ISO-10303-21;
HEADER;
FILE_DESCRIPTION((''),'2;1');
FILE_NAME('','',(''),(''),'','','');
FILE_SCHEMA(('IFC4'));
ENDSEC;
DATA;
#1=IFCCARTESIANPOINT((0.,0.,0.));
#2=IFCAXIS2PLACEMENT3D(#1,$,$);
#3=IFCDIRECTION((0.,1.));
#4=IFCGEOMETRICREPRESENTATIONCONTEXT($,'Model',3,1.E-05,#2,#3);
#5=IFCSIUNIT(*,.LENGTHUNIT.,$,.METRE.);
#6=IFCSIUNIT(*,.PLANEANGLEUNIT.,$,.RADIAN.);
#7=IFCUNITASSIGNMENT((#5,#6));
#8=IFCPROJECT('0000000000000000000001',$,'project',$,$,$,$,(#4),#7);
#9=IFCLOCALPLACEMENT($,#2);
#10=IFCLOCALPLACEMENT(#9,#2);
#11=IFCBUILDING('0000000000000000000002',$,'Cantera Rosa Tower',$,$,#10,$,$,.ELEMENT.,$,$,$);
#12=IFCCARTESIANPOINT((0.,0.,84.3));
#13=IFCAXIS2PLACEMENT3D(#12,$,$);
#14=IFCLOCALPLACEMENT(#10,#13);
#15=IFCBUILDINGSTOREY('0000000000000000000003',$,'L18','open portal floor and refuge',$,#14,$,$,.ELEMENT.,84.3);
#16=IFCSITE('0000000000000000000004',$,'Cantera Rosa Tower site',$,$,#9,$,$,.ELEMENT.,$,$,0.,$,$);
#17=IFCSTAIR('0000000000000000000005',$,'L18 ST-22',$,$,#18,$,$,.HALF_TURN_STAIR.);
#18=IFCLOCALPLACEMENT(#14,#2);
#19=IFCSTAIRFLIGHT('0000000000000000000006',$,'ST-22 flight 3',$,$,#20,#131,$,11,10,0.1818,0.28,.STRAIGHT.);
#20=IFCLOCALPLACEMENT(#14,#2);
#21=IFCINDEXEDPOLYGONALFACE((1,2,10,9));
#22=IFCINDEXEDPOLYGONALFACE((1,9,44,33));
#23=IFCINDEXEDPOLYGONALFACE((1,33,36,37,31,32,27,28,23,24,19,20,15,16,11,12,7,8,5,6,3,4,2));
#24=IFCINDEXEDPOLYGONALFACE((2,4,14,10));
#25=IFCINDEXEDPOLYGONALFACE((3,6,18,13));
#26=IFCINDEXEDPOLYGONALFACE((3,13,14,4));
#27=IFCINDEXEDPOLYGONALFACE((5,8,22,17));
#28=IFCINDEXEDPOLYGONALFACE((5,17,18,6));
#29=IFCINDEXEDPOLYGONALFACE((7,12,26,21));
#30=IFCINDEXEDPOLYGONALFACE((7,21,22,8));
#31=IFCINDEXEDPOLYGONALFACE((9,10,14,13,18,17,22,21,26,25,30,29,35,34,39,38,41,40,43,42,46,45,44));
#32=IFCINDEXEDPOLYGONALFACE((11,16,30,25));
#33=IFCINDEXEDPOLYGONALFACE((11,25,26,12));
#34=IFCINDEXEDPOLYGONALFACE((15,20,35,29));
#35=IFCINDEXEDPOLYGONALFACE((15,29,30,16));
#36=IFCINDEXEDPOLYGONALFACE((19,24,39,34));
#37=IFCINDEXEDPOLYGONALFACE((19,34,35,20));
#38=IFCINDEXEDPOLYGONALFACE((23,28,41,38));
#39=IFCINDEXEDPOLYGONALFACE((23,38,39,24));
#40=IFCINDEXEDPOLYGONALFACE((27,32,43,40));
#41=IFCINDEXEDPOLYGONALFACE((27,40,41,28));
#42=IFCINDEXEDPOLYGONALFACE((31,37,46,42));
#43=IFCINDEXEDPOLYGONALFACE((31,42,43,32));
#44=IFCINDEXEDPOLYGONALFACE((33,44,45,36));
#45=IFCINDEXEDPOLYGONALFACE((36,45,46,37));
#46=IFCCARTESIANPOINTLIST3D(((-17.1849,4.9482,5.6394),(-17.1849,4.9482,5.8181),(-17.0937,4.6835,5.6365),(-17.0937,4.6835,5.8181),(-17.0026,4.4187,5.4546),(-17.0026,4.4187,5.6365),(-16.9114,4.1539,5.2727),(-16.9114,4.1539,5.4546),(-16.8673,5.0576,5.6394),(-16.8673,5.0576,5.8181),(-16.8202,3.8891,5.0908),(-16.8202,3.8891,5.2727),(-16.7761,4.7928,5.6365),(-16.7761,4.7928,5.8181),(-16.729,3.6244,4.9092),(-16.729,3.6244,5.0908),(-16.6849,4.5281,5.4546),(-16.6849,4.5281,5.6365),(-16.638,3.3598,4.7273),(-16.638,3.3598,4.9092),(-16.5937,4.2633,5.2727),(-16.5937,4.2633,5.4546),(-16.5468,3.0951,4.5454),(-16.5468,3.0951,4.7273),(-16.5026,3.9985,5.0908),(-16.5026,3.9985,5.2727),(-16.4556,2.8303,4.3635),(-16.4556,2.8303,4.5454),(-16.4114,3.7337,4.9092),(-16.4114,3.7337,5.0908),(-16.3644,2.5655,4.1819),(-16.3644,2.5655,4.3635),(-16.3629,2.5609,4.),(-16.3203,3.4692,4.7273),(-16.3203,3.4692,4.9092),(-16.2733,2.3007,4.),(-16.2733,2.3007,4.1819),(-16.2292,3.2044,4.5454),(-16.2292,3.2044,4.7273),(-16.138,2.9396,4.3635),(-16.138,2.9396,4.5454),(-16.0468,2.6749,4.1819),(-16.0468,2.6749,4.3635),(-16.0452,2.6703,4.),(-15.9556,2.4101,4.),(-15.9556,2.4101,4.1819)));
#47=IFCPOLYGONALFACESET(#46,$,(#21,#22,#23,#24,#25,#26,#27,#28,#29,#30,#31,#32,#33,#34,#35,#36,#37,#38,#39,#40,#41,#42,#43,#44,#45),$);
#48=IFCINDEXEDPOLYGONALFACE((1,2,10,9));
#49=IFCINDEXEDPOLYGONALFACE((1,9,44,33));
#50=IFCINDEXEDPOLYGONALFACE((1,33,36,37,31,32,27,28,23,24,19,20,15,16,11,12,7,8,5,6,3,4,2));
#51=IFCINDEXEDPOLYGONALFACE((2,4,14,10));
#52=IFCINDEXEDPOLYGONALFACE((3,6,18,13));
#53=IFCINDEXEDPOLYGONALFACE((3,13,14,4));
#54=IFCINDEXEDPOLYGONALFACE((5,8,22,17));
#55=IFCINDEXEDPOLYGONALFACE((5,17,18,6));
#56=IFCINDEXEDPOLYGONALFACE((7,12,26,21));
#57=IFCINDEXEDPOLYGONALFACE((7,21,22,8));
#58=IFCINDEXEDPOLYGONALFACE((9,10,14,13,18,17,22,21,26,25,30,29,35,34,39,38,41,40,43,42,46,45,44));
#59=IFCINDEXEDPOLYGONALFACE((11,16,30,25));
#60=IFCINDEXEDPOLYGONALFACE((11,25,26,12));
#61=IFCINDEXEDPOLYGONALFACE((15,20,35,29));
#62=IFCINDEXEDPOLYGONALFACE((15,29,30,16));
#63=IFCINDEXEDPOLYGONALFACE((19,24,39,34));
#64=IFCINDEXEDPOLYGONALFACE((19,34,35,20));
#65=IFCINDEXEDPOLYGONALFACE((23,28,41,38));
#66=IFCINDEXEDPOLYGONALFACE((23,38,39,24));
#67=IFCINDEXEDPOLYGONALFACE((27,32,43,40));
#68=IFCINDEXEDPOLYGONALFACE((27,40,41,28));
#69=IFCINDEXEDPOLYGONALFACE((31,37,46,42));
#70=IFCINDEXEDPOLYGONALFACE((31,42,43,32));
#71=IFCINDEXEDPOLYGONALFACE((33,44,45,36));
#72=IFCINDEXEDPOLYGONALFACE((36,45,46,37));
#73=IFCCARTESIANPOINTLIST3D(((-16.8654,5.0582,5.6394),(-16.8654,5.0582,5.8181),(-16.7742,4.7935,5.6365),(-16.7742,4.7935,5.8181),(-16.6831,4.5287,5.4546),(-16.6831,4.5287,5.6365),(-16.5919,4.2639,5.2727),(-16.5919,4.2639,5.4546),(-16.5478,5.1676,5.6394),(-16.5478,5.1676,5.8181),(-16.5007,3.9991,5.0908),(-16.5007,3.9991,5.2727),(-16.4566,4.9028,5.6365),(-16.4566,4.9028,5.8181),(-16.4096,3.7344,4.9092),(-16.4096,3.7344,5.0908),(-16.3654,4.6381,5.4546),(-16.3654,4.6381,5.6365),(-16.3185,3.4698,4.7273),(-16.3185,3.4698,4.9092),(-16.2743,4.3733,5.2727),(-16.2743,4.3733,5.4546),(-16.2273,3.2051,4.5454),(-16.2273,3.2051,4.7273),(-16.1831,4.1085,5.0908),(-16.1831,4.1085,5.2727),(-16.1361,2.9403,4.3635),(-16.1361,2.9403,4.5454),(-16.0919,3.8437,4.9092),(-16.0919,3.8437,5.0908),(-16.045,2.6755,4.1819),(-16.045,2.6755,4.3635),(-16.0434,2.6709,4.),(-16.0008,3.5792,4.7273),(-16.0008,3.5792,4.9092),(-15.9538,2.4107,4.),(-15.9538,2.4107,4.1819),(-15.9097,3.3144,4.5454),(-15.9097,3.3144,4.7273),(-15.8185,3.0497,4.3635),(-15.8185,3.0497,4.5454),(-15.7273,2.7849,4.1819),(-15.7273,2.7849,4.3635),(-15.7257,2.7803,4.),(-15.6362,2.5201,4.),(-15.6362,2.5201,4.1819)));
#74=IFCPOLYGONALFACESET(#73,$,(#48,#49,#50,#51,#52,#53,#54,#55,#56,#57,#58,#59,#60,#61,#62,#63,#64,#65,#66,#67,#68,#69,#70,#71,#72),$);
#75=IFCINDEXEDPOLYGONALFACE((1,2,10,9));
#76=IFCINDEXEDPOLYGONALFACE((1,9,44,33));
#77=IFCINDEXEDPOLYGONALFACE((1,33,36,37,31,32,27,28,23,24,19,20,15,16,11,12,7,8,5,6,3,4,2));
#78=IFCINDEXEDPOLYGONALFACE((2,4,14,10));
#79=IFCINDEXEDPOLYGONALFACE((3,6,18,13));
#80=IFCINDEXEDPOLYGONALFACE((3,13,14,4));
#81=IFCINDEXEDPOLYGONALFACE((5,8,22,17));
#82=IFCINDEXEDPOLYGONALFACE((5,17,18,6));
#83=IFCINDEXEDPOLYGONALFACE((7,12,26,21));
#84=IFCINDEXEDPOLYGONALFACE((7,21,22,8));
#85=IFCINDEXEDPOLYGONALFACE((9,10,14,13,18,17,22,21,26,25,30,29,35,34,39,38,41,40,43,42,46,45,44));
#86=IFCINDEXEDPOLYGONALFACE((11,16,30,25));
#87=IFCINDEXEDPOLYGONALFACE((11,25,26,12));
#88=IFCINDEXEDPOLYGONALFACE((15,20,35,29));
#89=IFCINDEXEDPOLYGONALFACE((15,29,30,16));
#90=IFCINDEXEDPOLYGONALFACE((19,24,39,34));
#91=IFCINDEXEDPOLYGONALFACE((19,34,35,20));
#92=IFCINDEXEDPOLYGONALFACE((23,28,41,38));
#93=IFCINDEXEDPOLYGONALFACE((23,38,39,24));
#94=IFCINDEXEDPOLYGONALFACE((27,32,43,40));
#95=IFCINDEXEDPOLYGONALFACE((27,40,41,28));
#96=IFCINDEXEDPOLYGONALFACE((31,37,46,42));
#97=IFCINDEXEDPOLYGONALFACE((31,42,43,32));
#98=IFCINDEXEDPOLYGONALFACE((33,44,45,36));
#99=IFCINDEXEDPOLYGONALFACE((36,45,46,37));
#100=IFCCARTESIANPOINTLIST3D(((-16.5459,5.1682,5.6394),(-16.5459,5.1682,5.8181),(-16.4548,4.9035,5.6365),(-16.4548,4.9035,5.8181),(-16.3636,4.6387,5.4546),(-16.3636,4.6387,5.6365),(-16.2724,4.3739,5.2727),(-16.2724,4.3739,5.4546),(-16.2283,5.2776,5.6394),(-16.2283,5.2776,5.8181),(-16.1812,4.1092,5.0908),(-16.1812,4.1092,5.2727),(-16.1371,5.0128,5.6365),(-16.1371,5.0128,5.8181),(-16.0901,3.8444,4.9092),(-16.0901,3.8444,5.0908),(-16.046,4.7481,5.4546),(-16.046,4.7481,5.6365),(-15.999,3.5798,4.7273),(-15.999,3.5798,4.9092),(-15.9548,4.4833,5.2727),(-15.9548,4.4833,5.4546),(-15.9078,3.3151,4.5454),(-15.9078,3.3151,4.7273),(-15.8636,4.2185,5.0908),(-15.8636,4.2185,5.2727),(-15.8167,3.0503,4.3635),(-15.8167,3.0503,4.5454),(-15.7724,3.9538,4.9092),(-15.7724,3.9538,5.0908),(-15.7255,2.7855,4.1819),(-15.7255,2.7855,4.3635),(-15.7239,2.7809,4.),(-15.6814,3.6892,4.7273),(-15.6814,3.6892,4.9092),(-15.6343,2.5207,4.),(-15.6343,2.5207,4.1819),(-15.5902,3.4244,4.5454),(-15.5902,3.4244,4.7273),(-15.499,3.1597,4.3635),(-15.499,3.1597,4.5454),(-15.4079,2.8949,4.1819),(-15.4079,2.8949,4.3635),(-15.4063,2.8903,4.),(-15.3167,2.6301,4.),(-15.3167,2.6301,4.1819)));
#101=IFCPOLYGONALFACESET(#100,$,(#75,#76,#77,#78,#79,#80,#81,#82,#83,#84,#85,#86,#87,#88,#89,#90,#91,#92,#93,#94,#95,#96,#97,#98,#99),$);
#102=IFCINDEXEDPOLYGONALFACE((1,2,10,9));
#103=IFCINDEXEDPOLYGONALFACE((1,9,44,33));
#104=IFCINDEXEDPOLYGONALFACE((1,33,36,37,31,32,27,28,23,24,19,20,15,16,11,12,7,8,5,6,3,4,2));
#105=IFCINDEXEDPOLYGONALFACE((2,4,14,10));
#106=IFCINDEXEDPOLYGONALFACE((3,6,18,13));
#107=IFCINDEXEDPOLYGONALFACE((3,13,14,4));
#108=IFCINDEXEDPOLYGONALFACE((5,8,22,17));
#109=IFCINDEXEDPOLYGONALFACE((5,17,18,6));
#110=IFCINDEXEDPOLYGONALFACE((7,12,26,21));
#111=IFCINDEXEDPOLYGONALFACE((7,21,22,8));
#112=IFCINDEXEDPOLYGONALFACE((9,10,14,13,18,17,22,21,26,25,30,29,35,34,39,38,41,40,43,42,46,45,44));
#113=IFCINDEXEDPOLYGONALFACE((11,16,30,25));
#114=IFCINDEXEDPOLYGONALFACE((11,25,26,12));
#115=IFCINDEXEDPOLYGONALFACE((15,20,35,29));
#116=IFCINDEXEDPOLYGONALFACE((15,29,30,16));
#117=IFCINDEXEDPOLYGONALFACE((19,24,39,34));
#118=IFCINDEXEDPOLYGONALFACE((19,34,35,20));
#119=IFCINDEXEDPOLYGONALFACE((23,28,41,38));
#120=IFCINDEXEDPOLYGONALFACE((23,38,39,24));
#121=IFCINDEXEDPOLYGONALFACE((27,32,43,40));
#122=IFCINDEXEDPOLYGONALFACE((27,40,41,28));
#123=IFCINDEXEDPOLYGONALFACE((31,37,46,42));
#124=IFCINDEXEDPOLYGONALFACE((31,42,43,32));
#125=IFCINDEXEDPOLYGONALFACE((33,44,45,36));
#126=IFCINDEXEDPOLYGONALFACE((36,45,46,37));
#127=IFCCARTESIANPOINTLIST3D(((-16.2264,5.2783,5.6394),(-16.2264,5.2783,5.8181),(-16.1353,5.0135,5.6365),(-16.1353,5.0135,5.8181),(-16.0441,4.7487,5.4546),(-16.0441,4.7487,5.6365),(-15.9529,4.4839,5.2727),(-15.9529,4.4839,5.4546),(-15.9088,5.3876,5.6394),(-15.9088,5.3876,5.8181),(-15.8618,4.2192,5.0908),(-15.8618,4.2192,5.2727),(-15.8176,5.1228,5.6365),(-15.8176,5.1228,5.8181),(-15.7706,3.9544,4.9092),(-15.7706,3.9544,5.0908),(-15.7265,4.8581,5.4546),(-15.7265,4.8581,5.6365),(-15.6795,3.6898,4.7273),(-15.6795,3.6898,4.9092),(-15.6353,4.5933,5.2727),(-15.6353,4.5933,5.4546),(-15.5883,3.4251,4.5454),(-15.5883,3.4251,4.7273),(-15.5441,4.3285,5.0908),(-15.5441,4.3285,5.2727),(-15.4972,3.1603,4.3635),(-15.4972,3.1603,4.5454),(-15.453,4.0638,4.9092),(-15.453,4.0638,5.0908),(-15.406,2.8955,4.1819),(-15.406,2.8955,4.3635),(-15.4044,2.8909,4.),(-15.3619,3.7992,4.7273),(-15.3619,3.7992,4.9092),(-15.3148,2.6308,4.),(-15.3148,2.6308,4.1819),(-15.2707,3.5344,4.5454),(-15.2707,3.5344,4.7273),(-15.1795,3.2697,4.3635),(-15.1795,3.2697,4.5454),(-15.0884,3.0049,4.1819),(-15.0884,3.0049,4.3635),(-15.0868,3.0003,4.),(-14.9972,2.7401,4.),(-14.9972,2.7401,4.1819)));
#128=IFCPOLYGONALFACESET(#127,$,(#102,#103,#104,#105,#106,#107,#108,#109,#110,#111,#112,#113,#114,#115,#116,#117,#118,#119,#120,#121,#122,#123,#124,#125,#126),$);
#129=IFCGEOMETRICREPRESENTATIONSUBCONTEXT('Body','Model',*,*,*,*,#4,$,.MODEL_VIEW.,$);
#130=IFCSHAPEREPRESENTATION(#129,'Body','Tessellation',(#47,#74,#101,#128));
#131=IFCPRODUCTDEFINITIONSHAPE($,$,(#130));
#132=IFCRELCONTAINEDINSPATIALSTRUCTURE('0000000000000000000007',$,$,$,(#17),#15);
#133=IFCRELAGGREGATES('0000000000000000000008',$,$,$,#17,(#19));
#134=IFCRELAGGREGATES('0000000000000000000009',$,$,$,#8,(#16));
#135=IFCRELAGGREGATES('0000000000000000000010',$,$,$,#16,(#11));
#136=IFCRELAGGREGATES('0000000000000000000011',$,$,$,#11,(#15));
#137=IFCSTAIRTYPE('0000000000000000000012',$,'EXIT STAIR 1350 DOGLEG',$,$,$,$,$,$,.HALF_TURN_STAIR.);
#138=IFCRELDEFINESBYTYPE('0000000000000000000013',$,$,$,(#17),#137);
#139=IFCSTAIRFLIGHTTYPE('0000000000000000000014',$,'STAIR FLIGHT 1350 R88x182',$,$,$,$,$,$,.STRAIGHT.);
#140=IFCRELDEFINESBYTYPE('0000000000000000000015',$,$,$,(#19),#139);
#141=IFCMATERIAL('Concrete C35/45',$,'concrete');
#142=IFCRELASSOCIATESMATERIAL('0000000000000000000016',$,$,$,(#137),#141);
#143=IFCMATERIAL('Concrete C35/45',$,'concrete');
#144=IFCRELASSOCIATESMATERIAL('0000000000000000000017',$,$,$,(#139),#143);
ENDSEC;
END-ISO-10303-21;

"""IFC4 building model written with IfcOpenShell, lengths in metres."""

from ifc_helpers import new_model, si_unit, direction, frame, origin, place, context, subcontext, project, spatial, polyline, outline, extrude, material, type_object, element, aggregate, save


model = new_model("IFC4")

# Units and contexts
model_context = context("Model", 3, precision=1e-05, world=origin(), true_north=direction((0.0, 1.0)))
body_context = subcontext(model_context, "Body", "Model", "MODEL_VIEW")
ifc_project = project(units=[si_unit("LENGTHUNIT", "METRE"), si_unit("PLANEANGLEUNIT", "RADIAN")], contexts=[model_context])

# Site, building, storey
site_placement = place(None, origin())
site = spatial("IfcSite", under=ifc_project, at=site_placement, Name="Cantera Rosa Tower site", CompositionType="ELEMENT", RefElevation=0.0)
building_placement = place(site_placement, origin())
building = spatial("IfcBuilding", under=site, at=building_placement, Name="Cantera Rosa Tower", CompositionType="ELEMENT")
storey_placement = place(building_placement, frame((0.0, 0.0, 84.3)))
storey = spatial("IfcBuildingStorey", under=building, at=storey_placement, Name="L18", Description="open portal floor and refuge", CompositionType="ELEMENT", Elevation=84.3)

# Stair
ifc_material_1 = material(Name="Concrete C35/45", Category="concrete")
stair_type = type_object("IfcStairType", Name="EXIT STAIR 1350 DOGLEG", PredefinedType="HALF_TURN_STAIR", material=ifc_material_1)
stair_placement = place(storey_placement, origin())
stair = element("IfcStair", 1, at=stair_placement, inside=storey, type_object=stair_type, Name="L18 ST-22", PredefinedType="HALF_TURN_STAIR")

# Stair flight
ifc_material_2 = material(Name="Concrete C35/45", Category="concrete")
stair_flight_type = type_object("IfcStairFlightType", Name="STAIR FLIGHT 1350 R88x182", PredefinedType="STRAIGHT", material=ifc_material_2)
stair_flight_1_placement = place(storey_placement, frame((-15.635, 2.5205, 4.0), z_axis=(0.0, 0.0, 1.0), x_axis=(-0.325568, 0.945519, 0.0)))
stair_flight_1 = element("IfcStairFlight", 2, at=stair_flight_1_placement, type_object=stair_flight_type, Name="ST-22 flight 3", NumberOfRisers=11, NumberOfTreads=10, PredefinedType="STRAIGHT", RiserHeight=0.1818, TreadLength=0.28, context=body_context, shape_type="SweptSolid", body=[
    extrude(outline(polyline([(0.0, 0.0), (0.0, 0.1819), (0.28, 0.1819), (0.28, 0.3635), (0.5601, 0.3635), (0.5601, 0.5454), (0.8401, 0.5454), (0.8401, 0.7273), (1.1201, 0.7273), (1.1201, 0.9092), (1.3999, 0.9092), (1.3999, 1.0908), (1.6799, 1.0908), (1.6799, 1.2727), (1.96, 1.2727), (1.96, 1.4546), (2.24, 1.4546), (2.24, 1.6365), (2.52, 1.6365), (2.52, 1.8181), (2.8, 1.8181), (2.8, 2.0), (2.8, 1.6394), (0.2751, 0.0), (0.0, 0.0)])), frame((0.0, 0.675, 0.0), z_axis=(0.0, -1.0, 0.0), x_axis=(1.0, 0.0, 0.0)), (0.0, 0.0, 1.0), 0.3359),
    extrude(outline(polyline([(0.0, 0.0), (0.0, 0.1819), (0.28, 0.1819), (0.28, 0.3635), (0.5601, 0.3635), (0.5601, 0.5454), (0.8401, 0.5454), (0.8401, 0.7273), (1.1201, 0.7273), (1.1201, 0.9092), (1.3999, 0.9092), (1.3999, 1.0908), (1.6799, 1.0908), (1.6799, 1.2727), (1.96, 1.2727), (1.96, 1.4546), (2.24, 1.4546), (2.24, 1.6365), (2.52, 1.6365), (2.52, 1.8181), (2.8, 1.8181), (2.8, 2.0), (2.8, 1.6394), (0.2751, 0.0), (0.0, 0.0)])), frame((0.0, 0.3372, 0.0), z_axis=(0.0, -1.0, 0.0), x_axis=(1.0, 0.0, 0.0)), (0.0, 0.0, 1.0), 0.3359),
    extrude(outline(polyline([(0.0, 0.0), (0.0, 0.1819), (0.28, 0.1819), (0.28, 0.3635), (0.5601, 0.3635), (0.5601, 0.5454), (0.8401, 0.5454), (0.8401, 0.7273), (1.1201, 0.7273), (1.1201, 0.9092), (1.3999, 0.9092), (1.3999, 1.0908), (1.6799, 1.0908), (1.6799, 1.2727), (1.96, 1.2727), (1.96, 1.4546), (2.24, 1.4546), (2.24, 1.6365), (2.52, 1.6365), (2.52, 1.8181), (2.8, 1.8181), (2.8, 2.0), (2.8, 1.6394), (0.2751, 0.0), (0.0, 0.0)])), frame((0.0, -0.0007, 0.0), z_axis=(0.0, -1.0, 0.0), x_axis=(1.0, 0.0, 0.0)), (0.0, 0.0, 1.0), 0.3359),
    extrude(outline(polyline([(0.0, 0.0), (0.0, 0.1819), (0.28, 0.1819), (0.28, 0.3635), (0.5601, 0.3635), (0.5601, 0.5454), (0.8401, 0.5454), (0.8401, 0.7273), (1.1201, 0.7273), (1.1201, 0.9092), (1.3999, 0.9092), (1.3999, 1.0908), (1.6799, 1.0908), (1.6799, 1.2727), (1.96, 1.2727), (1.96, 1.4546), (2.24, 1.4546), (2.24, 1.6365), (2.52, 1.6365), (2.52, 1.8181), (2.8, 1.8181), (2.8, 2.0), (2.8, 1.6394), (0.2751, 0.0), (0.0, 0.0)])), frame((0.0, -0.3386, 0.0), z_axis=(0.0, -1.0, 0.0), x_axis=(1.0, 0.0, 0.0)), (0.0, 0.0, 1.0), 0.3359),
])
aggregate(stair, [stair_flight_1])

save(model, "model.ifc")
